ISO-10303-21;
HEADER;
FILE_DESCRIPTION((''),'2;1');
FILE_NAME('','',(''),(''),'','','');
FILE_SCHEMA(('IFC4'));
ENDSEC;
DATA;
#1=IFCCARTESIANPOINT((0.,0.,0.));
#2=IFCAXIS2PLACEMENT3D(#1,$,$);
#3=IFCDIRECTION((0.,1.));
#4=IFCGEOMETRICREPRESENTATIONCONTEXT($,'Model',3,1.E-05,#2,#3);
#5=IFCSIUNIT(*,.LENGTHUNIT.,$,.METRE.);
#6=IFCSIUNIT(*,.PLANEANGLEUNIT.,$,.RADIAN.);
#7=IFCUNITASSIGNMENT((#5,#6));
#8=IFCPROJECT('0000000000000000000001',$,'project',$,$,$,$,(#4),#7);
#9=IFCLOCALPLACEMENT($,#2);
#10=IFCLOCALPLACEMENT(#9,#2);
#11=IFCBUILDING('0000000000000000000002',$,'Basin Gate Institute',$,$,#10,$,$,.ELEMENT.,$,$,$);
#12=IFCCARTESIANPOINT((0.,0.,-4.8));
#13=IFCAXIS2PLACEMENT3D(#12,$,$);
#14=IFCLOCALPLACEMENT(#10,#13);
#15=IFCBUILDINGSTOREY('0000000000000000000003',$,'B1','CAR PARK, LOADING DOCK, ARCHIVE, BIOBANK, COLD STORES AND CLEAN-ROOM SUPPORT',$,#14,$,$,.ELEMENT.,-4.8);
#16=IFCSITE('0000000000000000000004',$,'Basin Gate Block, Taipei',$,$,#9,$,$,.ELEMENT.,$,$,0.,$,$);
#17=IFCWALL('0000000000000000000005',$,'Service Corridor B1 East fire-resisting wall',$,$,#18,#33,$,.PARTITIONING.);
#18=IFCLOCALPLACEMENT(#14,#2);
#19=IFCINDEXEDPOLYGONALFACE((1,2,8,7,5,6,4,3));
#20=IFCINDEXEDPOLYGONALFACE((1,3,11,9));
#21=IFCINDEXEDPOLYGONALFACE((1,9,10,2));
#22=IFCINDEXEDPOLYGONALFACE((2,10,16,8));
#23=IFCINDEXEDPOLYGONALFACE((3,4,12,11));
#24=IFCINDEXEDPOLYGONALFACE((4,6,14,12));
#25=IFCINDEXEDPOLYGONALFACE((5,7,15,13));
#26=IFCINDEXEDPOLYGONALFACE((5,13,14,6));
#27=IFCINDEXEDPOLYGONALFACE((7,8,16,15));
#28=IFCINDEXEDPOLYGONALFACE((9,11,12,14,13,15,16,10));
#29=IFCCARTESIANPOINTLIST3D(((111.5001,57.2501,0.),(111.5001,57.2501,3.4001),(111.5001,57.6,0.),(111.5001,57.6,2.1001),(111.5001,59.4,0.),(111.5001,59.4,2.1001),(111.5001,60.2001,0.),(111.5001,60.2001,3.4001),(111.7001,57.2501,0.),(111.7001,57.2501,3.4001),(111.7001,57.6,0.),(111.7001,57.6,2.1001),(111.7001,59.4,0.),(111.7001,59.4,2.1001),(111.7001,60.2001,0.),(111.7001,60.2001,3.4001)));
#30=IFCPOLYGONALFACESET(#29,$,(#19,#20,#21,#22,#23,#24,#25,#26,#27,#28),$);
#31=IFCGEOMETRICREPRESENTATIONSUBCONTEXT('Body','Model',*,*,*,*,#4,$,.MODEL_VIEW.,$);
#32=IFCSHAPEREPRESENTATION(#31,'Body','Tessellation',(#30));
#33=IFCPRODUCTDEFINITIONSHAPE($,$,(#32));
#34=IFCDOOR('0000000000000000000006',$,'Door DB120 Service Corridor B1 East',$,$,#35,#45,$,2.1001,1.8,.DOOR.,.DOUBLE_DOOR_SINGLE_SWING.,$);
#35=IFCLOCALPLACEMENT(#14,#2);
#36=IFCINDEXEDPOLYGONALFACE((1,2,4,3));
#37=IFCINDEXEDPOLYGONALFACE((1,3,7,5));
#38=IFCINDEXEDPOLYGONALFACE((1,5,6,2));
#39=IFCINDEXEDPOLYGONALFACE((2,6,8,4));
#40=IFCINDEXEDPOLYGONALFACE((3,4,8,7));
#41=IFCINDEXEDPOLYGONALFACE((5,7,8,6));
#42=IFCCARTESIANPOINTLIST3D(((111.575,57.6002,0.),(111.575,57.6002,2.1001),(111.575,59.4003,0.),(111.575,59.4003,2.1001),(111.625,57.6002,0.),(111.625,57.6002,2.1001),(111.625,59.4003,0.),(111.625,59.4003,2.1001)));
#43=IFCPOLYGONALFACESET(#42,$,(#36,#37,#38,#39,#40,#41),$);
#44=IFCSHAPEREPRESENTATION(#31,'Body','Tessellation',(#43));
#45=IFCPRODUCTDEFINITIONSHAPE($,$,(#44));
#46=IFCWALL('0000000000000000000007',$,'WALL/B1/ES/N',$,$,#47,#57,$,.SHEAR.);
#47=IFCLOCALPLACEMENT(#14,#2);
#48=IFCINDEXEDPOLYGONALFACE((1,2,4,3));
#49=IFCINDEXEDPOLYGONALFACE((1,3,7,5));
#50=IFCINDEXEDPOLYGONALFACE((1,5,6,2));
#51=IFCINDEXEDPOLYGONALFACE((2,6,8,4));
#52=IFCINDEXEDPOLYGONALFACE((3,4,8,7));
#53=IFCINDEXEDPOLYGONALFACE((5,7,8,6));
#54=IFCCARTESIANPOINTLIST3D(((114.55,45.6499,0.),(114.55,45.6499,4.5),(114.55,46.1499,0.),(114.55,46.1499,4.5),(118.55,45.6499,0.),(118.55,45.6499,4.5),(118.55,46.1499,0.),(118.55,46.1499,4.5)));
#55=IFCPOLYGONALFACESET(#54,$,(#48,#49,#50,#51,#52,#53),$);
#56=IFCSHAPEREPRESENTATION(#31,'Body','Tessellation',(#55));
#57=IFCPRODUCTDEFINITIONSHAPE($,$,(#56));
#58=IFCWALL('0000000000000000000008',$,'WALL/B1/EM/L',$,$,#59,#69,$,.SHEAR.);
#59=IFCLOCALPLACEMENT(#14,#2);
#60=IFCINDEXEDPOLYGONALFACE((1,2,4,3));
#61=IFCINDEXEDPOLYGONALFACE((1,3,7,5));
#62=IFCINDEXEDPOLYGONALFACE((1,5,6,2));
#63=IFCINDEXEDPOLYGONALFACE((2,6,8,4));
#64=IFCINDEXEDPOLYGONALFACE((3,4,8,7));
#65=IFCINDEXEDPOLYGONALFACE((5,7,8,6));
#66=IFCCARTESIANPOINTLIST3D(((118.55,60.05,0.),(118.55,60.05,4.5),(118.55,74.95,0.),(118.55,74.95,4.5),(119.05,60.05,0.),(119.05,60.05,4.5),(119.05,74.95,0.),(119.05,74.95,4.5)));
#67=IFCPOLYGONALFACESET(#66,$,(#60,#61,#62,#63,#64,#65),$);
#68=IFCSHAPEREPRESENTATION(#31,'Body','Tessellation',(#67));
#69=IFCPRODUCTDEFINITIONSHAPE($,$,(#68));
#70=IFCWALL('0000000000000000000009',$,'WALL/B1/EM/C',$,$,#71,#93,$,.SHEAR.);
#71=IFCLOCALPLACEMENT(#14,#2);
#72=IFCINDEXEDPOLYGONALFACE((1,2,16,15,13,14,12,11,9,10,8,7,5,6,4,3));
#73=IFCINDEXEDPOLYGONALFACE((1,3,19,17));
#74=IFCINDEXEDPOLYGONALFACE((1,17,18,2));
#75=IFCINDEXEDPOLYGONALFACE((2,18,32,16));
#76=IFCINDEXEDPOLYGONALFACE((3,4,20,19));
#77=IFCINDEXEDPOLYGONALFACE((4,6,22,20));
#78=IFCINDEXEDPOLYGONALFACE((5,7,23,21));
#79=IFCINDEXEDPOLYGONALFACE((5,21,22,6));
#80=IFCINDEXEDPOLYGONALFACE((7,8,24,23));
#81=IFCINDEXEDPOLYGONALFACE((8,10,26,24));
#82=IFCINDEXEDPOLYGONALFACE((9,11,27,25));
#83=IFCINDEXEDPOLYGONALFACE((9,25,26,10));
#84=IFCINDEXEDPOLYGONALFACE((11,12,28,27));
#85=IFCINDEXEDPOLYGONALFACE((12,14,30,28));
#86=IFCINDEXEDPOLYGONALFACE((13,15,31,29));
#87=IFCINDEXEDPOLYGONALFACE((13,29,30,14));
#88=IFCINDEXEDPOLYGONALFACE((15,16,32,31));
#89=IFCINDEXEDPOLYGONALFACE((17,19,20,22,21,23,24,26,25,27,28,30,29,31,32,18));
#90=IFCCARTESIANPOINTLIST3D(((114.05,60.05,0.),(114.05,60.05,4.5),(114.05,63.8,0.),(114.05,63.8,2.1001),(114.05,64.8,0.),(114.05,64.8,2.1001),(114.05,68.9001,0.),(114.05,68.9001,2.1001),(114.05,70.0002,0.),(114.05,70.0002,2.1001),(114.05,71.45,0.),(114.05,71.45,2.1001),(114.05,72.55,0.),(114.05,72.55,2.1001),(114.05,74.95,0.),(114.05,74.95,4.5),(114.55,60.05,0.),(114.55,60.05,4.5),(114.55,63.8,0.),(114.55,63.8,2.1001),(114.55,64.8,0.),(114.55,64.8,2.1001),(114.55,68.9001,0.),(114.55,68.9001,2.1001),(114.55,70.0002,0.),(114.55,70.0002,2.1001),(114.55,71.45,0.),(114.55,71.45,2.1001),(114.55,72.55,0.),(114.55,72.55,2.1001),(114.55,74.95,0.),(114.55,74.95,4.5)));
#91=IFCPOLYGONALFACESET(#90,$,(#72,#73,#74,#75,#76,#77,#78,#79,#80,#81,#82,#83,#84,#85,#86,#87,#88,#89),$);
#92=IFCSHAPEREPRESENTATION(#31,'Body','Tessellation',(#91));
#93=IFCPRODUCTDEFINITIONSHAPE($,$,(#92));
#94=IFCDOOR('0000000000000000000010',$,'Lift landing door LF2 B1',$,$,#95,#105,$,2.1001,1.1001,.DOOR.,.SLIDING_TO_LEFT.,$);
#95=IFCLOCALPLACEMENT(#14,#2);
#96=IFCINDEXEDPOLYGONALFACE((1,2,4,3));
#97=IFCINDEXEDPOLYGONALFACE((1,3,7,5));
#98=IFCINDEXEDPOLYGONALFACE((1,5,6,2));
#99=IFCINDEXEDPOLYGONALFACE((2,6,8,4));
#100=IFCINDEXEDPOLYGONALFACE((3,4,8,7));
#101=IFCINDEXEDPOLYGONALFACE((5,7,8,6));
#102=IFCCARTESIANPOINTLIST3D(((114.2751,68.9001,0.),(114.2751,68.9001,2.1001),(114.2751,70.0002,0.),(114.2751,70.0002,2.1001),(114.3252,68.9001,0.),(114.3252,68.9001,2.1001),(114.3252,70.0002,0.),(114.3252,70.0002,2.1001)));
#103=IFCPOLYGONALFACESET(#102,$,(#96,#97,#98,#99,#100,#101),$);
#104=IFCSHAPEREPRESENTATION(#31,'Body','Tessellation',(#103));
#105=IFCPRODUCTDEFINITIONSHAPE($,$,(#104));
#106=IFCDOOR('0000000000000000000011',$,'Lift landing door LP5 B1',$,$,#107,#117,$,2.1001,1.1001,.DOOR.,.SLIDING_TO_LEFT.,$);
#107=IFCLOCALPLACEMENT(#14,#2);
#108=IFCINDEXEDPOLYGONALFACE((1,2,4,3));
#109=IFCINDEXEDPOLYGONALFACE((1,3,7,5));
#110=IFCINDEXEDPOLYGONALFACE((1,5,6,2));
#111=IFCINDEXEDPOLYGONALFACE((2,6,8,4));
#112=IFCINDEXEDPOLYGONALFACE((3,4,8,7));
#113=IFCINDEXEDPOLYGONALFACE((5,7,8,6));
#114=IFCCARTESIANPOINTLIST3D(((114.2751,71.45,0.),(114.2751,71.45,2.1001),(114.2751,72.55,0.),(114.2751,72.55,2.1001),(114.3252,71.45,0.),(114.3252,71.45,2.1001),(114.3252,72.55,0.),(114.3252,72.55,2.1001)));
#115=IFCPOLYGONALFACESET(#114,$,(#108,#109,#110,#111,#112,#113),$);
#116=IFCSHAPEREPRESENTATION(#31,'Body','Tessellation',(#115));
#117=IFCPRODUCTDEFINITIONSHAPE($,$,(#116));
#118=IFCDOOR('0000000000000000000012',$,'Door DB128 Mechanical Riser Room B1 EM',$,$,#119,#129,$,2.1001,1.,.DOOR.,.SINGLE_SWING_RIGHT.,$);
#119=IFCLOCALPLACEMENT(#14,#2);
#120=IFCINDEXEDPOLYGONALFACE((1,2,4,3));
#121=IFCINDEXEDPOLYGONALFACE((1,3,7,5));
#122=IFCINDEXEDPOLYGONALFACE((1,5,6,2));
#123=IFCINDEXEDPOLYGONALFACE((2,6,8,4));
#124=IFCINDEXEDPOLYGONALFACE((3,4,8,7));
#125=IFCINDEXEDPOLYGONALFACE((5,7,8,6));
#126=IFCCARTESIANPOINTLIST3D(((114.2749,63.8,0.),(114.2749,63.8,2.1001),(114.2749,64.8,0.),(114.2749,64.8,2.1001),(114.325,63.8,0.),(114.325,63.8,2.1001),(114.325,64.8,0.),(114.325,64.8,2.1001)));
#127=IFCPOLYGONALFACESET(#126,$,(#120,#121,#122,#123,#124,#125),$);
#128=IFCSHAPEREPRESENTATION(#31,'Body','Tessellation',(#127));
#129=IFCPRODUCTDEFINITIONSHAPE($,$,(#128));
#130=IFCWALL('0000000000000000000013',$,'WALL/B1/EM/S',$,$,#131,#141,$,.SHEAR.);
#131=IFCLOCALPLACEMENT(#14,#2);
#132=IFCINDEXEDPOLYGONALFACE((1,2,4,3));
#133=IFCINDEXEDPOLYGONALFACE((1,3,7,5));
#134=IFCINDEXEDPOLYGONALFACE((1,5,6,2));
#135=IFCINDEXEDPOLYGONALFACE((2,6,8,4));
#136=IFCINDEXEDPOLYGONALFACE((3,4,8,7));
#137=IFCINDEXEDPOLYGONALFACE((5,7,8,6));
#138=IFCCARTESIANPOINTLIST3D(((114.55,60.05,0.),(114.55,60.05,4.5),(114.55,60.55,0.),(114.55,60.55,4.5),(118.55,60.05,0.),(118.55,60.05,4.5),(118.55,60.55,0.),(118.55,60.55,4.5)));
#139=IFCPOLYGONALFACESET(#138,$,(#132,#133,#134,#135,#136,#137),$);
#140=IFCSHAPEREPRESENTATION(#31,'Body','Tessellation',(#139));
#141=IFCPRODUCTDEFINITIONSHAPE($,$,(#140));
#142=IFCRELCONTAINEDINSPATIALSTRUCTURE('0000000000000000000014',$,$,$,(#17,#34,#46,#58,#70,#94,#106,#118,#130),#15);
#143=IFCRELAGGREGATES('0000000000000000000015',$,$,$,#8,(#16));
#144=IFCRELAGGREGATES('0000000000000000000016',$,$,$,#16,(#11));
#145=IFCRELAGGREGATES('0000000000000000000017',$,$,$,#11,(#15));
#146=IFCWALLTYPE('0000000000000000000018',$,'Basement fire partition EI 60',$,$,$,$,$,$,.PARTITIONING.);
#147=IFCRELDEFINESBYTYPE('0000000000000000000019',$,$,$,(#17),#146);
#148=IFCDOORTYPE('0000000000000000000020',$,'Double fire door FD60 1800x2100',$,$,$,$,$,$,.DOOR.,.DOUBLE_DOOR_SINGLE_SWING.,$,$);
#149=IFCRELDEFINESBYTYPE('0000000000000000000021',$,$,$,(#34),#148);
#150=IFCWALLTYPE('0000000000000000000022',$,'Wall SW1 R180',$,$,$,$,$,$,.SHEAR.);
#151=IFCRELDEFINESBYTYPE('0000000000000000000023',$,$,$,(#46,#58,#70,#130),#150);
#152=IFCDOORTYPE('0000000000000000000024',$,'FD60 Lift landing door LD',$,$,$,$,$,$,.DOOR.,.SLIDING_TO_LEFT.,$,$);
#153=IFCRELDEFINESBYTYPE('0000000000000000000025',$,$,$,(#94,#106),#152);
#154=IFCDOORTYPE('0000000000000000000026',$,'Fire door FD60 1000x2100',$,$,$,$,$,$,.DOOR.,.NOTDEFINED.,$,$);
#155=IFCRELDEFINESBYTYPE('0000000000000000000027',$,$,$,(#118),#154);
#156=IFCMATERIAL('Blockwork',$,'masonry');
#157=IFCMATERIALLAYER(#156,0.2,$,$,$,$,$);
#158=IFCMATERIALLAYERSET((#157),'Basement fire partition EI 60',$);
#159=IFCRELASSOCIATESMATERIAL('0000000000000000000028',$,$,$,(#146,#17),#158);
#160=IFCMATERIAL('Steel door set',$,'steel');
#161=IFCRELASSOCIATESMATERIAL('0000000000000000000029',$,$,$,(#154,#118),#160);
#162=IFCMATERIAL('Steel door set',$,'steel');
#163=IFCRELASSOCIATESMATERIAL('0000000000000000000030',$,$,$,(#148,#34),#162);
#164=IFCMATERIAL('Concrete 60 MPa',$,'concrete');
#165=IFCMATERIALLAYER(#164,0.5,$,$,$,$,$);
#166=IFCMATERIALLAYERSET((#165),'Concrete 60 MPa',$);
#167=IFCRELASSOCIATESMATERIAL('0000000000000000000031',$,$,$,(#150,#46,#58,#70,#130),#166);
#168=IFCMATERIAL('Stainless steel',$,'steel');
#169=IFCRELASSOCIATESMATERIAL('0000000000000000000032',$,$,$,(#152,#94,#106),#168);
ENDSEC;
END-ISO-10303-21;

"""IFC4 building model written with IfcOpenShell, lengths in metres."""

from ifc_helpers import new_model, si_unit, direction, frame, frame_2d, origin, place, context, subcontext, project, spatial, rectangle, extrude, material, layer, layer_set, type_object, element, fill, save


model = new_model("IFC4")

# Units and contexts
model_context = context("Model", 3, precision=1e-05, world=origin(), true_north=direction((0.0, 1.0)))
body_context = subcontext(model_context, "Body", "Model", "MODEL_VIEW")
ifc_project = project(units=[si_unit("LENGTHUNIT", "METRE"), si_unit("PLANEANGLEUNIT", "RADIAN")], contexts=[model_context])

# Site, building, storey
site_placement = place(None, origin())
site = spatial("IfcSite", under=ifc_project, at=site_placement, Name="Basin Gate Block, Taipei", CompositionType="ELEMENT", RefElevation=0.0)
building_placement = place(site_placement, origin())
building = spatial("IfcBuilding", under=site, at=building_placement, Name="Basin Gate Institute", CompositionType="ELEMENT")
storey_placement = place(building_placement, frame((0.0, 0.0, -4.8)))
storey = spatial("IfcBuildingStorey", under=building, at=storey_placement, Name="B1", Description="CAR PARK, LOADING DOCK, ARCHIVE, BIOBANK, COLD STORES AND CLEAN-ROOM SUPPORT", CompositionType="ELEMENT", Elevation=-4.8)

# Shared definitions
ifc_material_1 = material(Name="Blockwork", Category="masonry")
ifc_layer_1 = layer(ifc_material_1, 0.2)
ifc_layer_set_1 = layer_set([ifc_layer_1], Name="Basement fire partition EI 60")
wall_type_1 = type_object("IfcWallType", Name="Basement fire partition EI 60", PredefinedType="PARTITIONING", material=ifc_layer_set_1)

# Wall, opening, door
ifc_material_2 = material(Name="Steel door set", Category="steel")
door_type_1 = type_object("IfcDoorType", Name="Fire door FD60 1000x2100", OperationType="NOTDEFINED", PredefinedType="DOOR", material=ifc_material_2)
wall_1_placement = place(storey_placement, frame((111.6001, 57.25, 0.0), z_axis=(0.0, 0.0, 1.0), x_axis=(0.0, 1.0, 0.0)))
wall_1 = element("IfcWall", 1, at=wall_1_placement, inside=storey, type_object=wall_type_1, material=ifc_layer_set_1, Name="Service Corridor B1 East fire-resisting wall", PredefinedType="PARTITIONING", context=body_context, shape_type="SweptSolid", body=[
    extrude(rectangle(XDim=2.95, YDim=0.2, at=frame_2d((1.4751, 0.0))), origin(), (0.0, 0.0, 1.0), 3.4001),
])
opening_1_placement = place(wall_1_placement, frame((0.3501, 0.0, 0.0)))
opening_1 = element("IfcOpeningElement", 2, at=opening_1_placement, cuts=wall_1, PredefinedType="OPENING", context=body_context, shape_type="SweptSolid", body=[
    extrude(rectangle(XDim=1.8, YDim=2.1001, at=frame_2d((0.8999, 1.05))), frame((0.0, 0.1099, 0.0), z_axis=(0.0, -1.0, 0.0), x_axis=(1.0, 0.0, 0.0)), (0.0, 0.0, 1.0), 0.22),
])
ifc_material_3 = material(Name="Steel door set", Category="steel")
door_type_2 = type_object("IfcDoorType", Name="Double fire door FD60 1800x2100", OperationType="DOUBLE_DOOR_SINGLE_SWING", PredefinedType="DOOR", material=ifc_material_3)
door_1_placement = place(opening_1_placement, frame((1.8, 0.0, 0.0), z_axis=(0.0, 0.0, 1.0), x_axis=(-1.0, 0.0, 0.0)))
door_1 = element("IfcDoor", 3, at=door_1_placement, inside=storey, type_object=door_type_2, material=ifc_material_3, Name="Door DB120 Service Corridor B1 East", OperationType="DOUBLE_DOOR_SINGLE_SWING", OverallHeight=2.1001, OverallWidth=1.8, PredefinedType="DOOR", context=body_context, shape_type="SweptSolid", body=[
    extrude(rectangle(XDim=1.8, YDim=2.1001, at=frame_2d((0.8999, 1.05))), frame((0.0, 0.0249, 0.0), z_axis=(0.0, -1.0, 0.0), x_axis=(1.0, 0.0, 0.0)), (0.0, 0.0, 1.0), 0.05),
])
fill(opening_1, door_1)

# Walls
ifc_material_4 = material(Name="Concrete 60 MPa", Category="concrete")
ifc_layer_2 = layer(ifc_material_4, 0.5)
ifc_layer_set_2 = layer_set([ifc_layer_2], Name="Concrete 60 MPa")
wall_type_2 = type_object("IfcWallType", Name="Wall SW1 R180", PredefinedType="SHEAR", material=ifc_layer_set_2)
wall_2_placement = place(storey_placement, frame((118.55, 45.8999, 0.0), z_axis=(0.0, 0.0, 1.0), x_axis=(-1.0, 0.0, 0.0)))
element("IfcWall", 4, at=wall_2_placement, inside=storey, type_object=wall_type_2, material=ifc_layer_set_2, Name="WALL/B1/ES/N", PredefinedType="SHEAR", context=body_context, shape_type="SweptSolid", body=[
    extrude(rectangle(XDim=4.0, YDim=0.5, at=frame_2d((2.0, 0.0))), origin(), (0.0, 0.0, 1.0), 4.5),
])
wall_3_placement = place(storey_placement, frame((118.8, 60.05, 0.0), z_axis=(0.0, 0.0, 1.0), x_axis=(0.0, 1.0, 0.0)))
element("IfcWall", 5, at=wall_3_placement, inside=storey, type_object=wall_type_2, material=ifc_layer_set_2, Name="WALL/B1/EM/L", PredefinedType="SHEAR", context=body_context, shape_type="SweptSolid", body=[
    extrude(rectangle(XDim=14.8999, YDim=0.5, at=frame_2d((7.45, 0.0))), origin(), (0.0, 0.0, 1.0), 4.5),
])

# Wall, openings, doors
wall_4_placement = place(storey_placement, frame((114.3, 60.05, 0.0), z_axis=(0.0, 0.0, 1.0), x_axis=(0.0, 1.0, 0.0)))
wall_4 = element("IfcWall", 6, at=wall_4_placement, inside=storey, type_object=wall_type_2, material=ifc_layer_set_2, Name="WALL/B1/EM/C", PredefinedType="SHEAR", context=body_context, shape_type="SweptSolid", body=[
    extrude(rectangle(XDim=14.8999, YDim=0.5, at=frame_2d((7.45, 0.0))), origin(), (0.0, 0.0, 1.0), 4.5),
])
opening_2_placement = place(wall_4_placement, frame((8.8501, 0.0, 0.0)))
opening_2 = element("IfcOpeningElement", 7, at=opening_2_placement, cuts=wall_4, PredefinedType="OPENING", context=body_context, shape_type="SweptSolid", body=[
    extrude(rectangle(XDim=1.1001, YDim=2.1001, at=frame_2d((0.55, 1.05))), frame((0.0, 0.26, 0.0), z_axis=(0.0, -1.0, 0.0), x_axis=(1.0, 0.0, 0.0)), (0.0, 0.0, 1.0), 0.52),
])
opening_3_placement = place(wall_4_placement, frame((11.3999, 0.0, 0.0)))
opening_3 = element("IfcOpeningElement", 8, at=opening_3_placement, cuts=wall_4, PredefinedType="OPENING", context=body_context, shape_type="SweptSolid", body=[
    extrude(rectangle(XDim=1.1001, YDim=2.1001, at=frame_2d((0.55, 1.05))), frame((0.0, 0.26, 0.0), z_axis=(0.0, -1.0, 0.0), x_axis=(1.0, 0.0, 0.0)), (0.0, 0.0, 1.0), 0.52),
])
opening_4_placement = place(wall_4_placement, frame((3.75, 0.0, 0.0)))
opening_4 = element("IfcOpeningElement", 9, at=opening_4_placement, cuts=wall_4, PredefinedType="OPENING", context=body_context, shape_type="SweptSolid", body=[
    extrude(rectangle(XDim=1.0, YDim=2.1001, at=frame_2d((0.5, 1.05))), frame((0.0, 0.26, 0.0), z_axis=(0.0, -1.0, 0.0), x_axis=(1.0, 0.0, 0.0)), (0.0, 0.0, 1.0), 0.52),
])
ifc_material_5 = material(Name="Stainless steel", Category="steel")
door_type_3 = type_object("IfcDoorType", Name="FD60 Lift landing door LD", OperationType="SLIDING_TO_LEFT", PredefinedType="DOOR", material=ifc_material_5)
door_2_placement = place(opening_2_placement, origin())
door_2 = element("IfcDoor", 10, at=door_2_placement, inside=storey, type_object=door_type_3, material=ifc_material_5, Name="Lift landing door LF2 B1", OperationType="SLIDING_TO_LEFT", OverallHeight=2.1001, OverallWidth=1.1001, PredefinedType="DOOR", context=body_context, shape_type="SweptSolid", body=[
    extrude(rectangle(XDim=1.1001, YDim=2.1001, at=frame_2d((0.55, 1.05))), frame((0.0, 0.0249, 0.0), z_axis=(0.0, -1.0, 0.0), x_axis=(1.0, 0.0, 0.0)), (0.0, 0.0, 1.0), 0.05),
])
fill(opening_2, door_2)
door_3_placement = place(opening_3_placement, origin())
door_3 = element("IfcDoor", 11, at=door_3_placement, inside=storey, type_object=door_type_3, material=ifc_material_5, Name="Lift landing door LP5 B1", OperationType="SLIDING_TO_LEFT", OverallHeight=2.1001, OverallWidth=1.1001, PredefinedType="DOOR", context=body_context, shape_type="SweptSolid", body=[
    extrude(rectangle(XDim=1.1001, YDim=2.1001, at=frame_2d((0.55, 1.05))), frame((0.0, 0.0249, 0.0), z_axis=(0.0, -1.0, 0.0), x_axis=(1.0, 0.0, 0.0)), (0.0, 0.0, 1.0), 0.05),
])
fill(opening_3, door_3)
door_4_placement = place(opening_4_placement, frame((1.0, 0.0, 0.0), z_axis=(0.0, 0.0, 1.0), x_axis=(-1.0, 0.0, 0.0)))
door_4 = element("IfcDoor", 12, at=door_4_placement, inside=storey, type_object=door_type_1, material=ifc_material_2, Name="Door DB128 Mechanical Riser Room B1 EM", OperationType="SINGLE_SWING_RIGHT", OverallHeight=2.1001, OverallWidth=1.0, PredefinedType="DOOR", context=body_context, shape_type="SweptSolid", body=[
    extrude(rectangle(XDim=1.0, YDim=2.1001, at=frame_2d((0.5, 1.05))), frame((0.0, 0.0249, 0.0), z_axis=(0.0, -1.0, 0.0), x_axis=(1.0, 0.0, 0.0)), (0.0, 0.0, 1.0), 0.05),
])
fill(opening_4, door_4)

# Wall
wall_5_placement = place(storey_placement, frame((118.55, 60.3, 0.0), z_axis=(0.0, 0.0, 1.0), x_axis=(-1.0, 0.0, 0.0)))
element("IfcWall", 13, at=wall_5_placement, inside=storey, type_object=wall_type_2, material=ifc_layer_set_2, Name="WALL/B1/EM/S", PredefinedType="SHEAR", context=body_context, shape_type="SweptSolid", body=[
    extrude(rectangle(XDim=4.0, YDim=0.5, at=frame_2d((2.0, 0.0))), origin(), (0.0, 0.0, 1.0), 4.5),
])

save(model, "model.ifc")
